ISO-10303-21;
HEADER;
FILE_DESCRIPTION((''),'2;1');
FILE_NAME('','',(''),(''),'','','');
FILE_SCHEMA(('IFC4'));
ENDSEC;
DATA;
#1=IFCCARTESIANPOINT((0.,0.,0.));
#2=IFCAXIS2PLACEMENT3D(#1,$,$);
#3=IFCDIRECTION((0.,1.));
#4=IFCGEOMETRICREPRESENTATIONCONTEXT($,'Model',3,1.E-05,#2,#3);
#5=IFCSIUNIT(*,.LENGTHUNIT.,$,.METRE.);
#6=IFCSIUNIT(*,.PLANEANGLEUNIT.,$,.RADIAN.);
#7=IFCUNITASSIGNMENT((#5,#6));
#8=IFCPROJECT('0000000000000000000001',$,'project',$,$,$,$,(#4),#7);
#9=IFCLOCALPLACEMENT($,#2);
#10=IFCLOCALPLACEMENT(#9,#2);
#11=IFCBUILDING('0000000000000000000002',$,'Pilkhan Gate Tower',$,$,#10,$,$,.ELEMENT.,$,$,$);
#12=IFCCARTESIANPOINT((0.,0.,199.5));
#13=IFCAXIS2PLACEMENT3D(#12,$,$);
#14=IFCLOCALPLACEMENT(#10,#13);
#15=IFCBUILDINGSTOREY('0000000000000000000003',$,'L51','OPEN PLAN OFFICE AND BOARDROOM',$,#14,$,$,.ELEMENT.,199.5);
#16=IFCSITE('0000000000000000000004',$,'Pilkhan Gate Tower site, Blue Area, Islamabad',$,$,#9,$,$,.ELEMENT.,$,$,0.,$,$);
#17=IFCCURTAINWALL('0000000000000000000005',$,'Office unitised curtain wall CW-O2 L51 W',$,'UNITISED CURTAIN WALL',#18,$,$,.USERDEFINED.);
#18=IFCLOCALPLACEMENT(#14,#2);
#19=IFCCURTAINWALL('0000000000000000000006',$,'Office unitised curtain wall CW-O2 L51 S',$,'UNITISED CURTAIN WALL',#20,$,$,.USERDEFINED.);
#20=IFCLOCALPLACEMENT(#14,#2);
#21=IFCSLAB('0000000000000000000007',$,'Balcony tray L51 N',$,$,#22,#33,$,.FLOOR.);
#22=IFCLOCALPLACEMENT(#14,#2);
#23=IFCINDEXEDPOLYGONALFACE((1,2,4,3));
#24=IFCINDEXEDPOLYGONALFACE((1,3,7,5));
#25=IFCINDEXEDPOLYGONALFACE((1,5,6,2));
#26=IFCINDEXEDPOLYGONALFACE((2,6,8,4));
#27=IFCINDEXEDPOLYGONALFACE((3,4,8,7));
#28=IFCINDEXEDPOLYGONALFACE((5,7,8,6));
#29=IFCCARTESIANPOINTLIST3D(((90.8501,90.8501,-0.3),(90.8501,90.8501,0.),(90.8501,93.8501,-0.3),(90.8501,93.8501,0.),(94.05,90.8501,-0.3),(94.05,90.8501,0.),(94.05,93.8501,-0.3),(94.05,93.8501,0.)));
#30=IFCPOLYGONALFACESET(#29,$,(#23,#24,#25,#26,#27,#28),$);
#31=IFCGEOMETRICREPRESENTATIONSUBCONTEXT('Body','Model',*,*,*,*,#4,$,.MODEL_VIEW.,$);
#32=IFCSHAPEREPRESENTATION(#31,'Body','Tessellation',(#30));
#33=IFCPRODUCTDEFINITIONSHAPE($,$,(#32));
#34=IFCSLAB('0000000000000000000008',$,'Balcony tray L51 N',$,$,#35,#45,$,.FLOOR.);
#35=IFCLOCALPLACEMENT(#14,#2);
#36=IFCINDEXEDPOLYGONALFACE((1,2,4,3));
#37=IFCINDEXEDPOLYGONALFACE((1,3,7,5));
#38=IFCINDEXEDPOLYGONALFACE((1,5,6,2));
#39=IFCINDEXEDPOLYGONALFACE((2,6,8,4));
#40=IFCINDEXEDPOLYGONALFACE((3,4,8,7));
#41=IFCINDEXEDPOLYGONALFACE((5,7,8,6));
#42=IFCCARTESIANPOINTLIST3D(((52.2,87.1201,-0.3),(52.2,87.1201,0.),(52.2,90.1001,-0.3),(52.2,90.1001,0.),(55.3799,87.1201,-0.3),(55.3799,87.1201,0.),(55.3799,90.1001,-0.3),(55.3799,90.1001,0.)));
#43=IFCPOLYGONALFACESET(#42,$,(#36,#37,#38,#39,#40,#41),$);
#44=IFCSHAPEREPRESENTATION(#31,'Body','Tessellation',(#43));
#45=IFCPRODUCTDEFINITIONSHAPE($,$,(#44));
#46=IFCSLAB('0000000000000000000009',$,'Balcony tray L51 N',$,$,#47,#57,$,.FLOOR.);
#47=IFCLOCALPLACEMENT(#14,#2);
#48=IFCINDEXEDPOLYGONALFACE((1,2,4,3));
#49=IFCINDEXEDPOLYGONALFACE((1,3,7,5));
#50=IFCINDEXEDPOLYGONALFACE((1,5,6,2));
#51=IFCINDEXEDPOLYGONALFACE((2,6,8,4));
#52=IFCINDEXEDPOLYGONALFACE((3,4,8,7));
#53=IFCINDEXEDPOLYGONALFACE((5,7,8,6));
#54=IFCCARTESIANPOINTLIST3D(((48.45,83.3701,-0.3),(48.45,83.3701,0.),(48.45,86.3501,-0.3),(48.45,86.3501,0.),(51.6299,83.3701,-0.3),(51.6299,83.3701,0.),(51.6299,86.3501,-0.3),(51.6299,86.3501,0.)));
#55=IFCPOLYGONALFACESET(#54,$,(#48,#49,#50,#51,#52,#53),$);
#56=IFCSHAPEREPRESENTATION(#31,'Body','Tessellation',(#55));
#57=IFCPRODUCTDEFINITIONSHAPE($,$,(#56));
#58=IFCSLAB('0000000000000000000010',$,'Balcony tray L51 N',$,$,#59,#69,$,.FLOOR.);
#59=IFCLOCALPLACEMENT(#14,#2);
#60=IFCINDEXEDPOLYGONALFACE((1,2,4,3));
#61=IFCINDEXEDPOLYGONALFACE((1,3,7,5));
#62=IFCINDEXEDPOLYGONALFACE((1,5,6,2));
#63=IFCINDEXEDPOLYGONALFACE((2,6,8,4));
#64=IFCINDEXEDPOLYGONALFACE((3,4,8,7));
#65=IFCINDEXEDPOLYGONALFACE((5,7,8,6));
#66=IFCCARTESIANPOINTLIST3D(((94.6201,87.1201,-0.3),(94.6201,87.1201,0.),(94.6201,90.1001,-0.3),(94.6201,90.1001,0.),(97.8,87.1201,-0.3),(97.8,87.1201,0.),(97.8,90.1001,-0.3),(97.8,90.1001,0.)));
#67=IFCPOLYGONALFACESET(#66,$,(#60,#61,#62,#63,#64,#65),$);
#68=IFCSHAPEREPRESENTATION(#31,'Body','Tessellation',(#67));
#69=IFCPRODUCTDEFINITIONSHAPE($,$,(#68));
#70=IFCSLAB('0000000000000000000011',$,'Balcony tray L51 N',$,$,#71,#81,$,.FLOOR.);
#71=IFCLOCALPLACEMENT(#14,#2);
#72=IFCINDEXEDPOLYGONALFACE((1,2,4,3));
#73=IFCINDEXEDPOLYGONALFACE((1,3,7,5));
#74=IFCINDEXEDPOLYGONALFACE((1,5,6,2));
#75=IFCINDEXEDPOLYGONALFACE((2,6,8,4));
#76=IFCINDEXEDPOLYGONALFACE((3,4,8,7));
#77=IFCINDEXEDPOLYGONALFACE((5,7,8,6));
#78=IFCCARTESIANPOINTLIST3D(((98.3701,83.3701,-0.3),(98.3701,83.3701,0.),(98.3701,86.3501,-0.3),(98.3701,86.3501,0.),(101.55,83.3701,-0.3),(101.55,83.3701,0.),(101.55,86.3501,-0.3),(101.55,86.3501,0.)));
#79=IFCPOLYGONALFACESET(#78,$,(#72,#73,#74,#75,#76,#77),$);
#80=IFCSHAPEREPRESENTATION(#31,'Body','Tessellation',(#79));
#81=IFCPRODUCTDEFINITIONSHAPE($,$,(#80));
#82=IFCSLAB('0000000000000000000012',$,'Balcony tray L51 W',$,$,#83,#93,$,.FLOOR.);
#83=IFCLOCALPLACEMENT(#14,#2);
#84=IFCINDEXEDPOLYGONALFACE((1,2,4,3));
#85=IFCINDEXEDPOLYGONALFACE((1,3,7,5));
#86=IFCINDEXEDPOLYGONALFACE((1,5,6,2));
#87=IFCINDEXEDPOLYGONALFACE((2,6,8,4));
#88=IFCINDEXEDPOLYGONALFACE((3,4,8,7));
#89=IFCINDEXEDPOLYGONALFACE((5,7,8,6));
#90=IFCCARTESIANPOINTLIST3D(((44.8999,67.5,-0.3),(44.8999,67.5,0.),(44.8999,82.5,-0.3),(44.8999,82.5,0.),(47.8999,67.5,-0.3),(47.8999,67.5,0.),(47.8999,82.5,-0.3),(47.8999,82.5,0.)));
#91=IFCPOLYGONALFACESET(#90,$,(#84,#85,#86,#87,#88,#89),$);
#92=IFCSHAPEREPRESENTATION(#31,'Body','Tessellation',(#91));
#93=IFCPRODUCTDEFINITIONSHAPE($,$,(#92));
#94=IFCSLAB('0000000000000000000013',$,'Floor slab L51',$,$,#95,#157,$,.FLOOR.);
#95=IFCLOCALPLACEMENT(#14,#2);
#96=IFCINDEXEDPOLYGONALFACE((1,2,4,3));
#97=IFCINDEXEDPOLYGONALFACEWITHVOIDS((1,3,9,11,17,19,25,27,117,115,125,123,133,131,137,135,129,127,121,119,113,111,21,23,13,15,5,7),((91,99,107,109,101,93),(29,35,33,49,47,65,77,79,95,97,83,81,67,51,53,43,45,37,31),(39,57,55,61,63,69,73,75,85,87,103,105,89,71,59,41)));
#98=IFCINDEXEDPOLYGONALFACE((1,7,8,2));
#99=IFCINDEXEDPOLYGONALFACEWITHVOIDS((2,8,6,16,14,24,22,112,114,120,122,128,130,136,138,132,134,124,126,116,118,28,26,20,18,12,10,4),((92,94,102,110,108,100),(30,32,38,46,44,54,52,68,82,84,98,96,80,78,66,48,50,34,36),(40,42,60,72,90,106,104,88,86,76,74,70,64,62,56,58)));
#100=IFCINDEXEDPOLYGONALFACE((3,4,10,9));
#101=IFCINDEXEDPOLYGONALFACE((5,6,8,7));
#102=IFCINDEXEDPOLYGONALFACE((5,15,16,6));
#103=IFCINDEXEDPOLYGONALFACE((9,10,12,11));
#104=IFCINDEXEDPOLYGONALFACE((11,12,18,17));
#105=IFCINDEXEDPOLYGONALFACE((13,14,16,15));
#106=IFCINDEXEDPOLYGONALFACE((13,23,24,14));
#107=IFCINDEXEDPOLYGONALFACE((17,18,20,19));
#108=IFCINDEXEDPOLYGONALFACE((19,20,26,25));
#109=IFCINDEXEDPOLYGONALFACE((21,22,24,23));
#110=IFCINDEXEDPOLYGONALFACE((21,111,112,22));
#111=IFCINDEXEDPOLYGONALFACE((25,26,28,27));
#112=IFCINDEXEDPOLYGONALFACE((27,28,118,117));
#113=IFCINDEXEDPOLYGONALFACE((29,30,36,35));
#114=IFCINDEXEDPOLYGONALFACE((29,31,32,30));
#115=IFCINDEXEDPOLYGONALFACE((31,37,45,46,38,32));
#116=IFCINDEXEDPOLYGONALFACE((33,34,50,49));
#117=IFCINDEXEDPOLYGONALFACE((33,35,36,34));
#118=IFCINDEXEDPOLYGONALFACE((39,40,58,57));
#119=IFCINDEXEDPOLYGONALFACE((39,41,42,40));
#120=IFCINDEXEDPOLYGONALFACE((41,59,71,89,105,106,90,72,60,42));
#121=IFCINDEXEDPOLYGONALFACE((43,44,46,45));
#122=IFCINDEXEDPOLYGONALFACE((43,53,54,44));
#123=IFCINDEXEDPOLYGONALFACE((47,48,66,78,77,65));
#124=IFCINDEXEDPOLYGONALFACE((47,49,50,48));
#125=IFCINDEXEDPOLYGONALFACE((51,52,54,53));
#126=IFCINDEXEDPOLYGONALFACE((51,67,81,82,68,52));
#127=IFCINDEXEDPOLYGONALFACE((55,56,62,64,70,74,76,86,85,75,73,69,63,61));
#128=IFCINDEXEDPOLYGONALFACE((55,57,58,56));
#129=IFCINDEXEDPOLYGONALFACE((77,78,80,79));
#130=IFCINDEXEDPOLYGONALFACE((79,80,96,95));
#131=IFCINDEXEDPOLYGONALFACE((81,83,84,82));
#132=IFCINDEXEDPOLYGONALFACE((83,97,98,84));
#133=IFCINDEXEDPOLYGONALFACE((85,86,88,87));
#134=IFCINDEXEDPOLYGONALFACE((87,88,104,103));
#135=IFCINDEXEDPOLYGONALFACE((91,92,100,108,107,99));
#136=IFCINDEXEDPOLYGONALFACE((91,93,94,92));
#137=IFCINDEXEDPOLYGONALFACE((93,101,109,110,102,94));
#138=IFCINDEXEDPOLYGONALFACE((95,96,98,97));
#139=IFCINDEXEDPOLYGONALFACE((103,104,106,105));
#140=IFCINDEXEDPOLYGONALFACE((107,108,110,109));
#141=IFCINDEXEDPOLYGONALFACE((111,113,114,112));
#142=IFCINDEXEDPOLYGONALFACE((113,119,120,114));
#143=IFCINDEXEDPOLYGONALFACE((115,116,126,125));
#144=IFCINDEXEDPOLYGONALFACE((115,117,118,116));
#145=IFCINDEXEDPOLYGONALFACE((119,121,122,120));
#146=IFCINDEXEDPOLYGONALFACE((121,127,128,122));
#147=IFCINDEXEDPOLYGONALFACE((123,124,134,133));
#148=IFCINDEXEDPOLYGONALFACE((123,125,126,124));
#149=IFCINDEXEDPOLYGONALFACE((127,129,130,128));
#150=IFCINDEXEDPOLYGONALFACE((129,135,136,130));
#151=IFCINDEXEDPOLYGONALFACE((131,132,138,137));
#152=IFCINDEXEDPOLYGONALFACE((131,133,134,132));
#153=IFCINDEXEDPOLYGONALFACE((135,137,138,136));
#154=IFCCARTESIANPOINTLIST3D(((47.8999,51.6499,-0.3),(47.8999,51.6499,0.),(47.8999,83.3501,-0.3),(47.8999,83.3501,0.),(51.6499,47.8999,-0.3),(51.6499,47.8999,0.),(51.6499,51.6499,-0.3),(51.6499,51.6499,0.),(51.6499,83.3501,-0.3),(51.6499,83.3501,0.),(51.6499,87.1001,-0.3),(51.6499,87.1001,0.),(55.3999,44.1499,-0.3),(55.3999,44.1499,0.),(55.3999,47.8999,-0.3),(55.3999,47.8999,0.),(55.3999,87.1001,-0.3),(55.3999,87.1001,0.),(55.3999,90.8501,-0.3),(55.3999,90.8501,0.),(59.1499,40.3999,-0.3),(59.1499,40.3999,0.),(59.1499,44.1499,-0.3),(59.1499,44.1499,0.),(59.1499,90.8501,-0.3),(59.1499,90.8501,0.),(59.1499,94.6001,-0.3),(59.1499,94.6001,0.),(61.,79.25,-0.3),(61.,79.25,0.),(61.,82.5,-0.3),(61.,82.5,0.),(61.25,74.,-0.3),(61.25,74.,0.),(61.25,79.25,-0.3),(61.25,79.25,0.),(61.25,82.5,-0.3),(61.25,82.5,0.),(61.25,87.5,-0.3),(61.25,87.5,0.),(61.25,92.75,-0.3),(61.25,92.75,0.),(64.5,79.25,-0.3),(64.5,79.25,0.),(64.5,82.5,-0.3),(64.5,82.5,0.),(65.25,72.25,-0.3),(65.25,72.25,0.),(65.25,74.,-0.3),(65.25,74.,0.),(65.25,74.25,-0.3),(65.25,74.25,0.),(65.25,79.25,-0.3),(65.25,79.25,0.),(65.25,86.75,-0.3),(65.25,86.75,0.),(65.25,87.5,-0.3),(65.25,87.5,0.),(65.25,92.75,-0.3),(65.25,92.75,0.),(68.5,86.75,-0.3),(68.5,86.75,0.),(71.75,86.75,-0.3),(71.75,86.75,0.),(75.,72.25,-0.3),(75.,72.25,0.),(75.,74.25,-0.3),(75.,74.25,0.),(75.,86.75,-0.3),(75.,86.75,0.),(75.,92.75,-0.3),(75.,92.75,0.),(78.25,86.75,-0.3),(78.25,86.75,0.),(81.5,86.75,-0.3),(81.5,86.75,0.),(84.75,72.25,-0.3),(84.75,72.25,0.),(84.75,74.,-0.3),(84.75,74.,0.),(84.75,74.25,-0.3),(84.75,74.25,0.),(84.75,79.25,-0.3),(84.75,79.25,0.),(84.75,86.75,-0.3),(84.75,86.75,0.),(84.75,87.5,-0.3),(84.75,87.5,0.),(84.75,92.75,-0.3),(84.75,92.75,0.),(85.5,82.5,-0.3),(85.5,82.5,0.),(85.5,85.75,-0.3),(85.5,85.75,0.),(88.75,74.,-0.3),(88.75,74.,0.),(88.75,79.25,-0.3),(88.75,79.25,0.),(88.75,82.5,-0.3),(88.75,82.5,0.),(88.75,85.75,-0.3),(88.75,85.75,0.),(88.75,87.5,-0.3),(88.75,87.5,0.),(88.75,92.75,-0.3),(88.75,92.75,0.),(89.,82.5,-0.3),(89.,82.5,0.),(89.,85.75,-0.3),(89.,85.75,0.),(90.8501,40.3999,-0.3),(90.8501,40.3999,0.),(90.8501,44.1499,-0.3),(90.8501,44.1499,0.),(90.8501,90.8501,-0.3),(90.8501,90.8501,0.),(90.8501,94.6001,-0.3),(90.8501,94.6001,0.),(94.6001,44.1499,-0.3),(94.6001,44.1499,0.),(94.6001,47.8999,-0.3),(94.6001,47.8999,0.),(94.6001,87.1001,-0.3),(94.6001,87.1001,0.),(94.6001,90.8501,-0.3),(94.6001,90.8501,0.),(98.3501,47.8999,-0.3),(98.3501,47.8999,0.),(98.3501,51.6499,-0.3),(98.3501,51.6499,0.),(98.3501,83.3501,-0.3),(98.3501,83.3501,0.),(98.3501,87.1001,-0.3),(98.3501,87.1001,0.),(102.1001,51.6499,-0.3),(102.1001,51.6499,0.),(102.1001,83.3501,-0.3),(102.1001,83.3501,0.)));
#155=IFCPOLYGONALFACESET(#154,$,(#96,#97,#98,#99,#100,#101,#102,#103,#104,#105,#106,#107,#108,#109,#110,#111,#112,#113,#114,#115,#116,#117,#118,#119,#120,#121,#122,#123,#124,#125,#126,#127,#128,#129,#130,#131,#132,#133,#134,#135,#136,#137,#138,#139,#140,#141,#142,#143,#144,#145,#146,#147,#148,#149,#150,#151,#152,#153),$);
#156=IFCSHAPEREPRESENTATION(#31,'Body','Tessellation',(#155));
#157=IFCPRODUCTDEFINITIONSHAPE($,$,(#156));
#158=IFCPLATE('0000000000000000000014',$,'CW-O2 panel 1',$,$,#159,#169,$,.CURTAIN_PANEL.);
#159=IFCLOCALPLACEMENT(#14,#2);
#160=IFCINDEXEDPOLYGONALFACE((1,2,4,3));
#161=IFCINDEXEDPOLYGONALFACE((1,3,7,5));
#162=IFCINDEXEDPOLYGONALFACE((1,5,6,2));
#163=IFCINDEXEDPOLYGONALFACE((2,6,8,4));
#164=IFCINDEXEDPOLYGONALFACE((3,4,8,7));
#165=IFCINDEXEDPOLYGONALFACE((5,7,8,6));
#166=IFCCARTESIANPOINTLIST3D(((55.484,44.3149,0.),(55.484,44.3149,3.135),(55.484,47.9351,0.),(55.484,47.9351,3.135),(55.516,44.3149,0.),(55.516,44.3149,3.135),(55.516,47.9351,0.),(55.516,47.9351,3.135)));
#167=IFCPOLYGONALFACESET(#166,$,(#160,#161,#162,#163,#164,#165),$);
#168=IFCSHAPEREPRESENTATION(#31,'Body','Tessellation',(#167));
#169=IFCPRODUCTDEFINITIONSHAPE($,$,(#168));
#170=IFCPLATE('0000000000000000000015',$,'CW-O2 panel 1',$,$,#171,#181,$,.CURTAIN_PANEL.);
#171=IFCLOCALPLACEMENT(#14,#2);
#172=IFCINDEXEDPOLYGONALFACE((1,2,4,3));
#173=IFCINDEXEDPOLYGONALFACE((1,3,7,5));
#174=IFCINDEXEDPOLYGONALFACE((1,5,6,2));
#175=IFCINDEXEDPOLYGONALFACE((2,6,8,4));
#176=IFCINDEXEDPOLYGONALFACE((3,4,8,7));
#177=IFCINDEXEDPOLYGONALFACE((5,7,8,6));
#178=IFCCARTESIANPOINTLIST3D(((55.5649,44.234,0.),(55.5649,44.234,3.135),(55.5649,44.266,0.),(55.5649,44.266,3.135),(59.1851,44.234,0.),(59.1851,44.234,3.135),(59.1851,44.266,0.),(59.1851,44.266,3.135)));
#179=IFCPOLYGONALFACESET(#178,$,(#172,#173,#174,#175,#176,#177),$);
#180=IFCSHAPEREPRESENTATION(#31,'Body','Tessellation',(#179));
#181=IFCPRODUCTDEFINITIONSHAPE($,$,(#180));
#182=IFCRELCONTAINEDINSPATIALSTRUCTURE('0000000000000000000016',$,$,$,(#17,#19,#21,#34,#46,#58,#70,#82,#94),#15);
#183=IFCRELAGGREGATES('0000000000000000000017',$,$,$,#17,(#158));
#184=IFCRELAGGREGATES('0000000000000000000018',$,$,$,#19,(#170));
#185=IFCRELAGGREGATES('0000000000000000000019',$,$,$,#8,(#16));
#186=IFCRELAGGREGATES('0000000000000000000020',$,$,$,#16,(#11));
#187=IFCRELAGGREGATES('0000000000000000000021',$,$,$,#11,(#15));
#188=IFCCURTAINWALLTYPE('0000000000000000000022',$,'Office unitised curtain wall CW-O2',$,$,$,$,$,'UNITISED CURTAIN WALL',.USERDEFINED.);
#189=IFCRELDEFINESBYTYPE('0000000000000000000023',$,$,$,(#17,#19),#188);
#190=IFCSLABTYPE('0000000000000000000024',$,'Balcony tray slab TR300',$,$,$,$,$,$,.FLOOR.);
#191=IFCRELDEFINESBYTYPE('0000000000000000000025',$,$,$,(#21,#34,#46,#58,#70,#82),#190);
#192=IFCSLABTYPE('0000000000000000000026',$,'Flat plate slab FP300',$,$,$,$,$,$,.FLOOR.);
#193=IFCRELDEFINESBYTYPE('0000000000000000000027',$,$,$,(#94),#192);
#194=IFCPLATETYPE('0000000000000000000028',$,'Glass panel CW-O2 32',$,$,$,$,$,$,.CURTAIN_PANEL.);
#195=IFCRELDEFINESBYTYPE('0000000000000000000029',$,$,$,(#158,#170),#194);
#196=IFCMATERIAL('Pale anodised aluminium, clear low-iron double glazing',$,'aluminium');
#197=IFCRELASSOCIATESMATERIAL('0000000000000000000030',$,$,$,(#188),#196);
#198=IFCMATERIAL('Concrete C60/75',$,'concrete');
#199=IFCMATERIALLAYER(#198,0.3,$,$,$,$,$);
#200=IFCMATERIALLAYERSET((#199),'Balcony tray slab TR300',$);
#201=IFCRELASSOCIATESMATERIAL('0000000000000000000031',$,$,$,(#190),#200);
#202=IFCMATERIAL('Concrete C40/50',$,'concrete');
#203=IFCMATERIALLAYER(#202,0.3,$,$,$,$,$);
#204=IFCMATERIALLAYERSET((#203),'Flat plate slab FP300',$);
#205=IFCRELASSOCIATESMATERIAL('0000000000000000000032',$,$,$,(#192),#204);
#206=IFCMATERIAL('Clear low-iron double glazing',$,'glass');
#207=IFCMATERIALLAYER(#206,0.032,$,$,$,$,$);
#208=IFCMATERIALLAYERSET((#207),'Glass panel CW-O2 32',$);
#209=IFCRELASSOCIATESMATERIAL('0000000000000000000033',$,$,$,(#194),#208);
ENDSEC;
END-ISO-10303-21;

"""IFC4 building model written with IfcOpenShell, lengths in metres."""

from ifc_helpers import new_model, si_unit, direction, frame, origin, origin_2d, place, context, subcontext, project, spatial, polyline, rectangle, outline, extrude, material, layer, layer_set, type_object, element, aggregate, save


model = new_model("IFC4")

# Units and contexts
model_context = context("Model", 3, precision=1e-05, world=origin(), true_north=direction((0.0, 1.0)))
body_context = subcontext(model_context, "Body", "Model", "MODEL_VIEW")
ifc_project = project(units=[si_unit("LENGTHUNIT", "METRE"), si_unit("PLANEANGLEUNIT", "RADIAN")], contexts=[model_context])

# Site, building, storey
site_placement = place(None, origin())
site = spatial("IfcSite", under=ifc_project, at=site_placement, Name="Pilkhan Gate Tower site, Blue Area, Islamabad", CompositionType="ELEMENT", RefElevation=0.0)
building_placement = place(site_placement, origin())
building = spatial("IfcBuilding", under=site, at=building_placement, Name="Pilkhan Gate Tower", CompositionType="ELEMENT")
storey_placement = place(building_placement, frame((0.0, 0.0, 199.5)))
storey = spatial("IfcBuildingStorey", under=building, at=storey_placement, Name="L51", Description="OPEN PLAN OFFICE AND BOARDROOM", CompositionType="ELEMENT", Elevation=199.5)

# Shared definitions
ifc_material_1 = material(Name="Pale anodised aluminium, clear low-iron double glazing", Category="aluminium")
curtain_wall_type = type_object("IfcCurtainWallType", Name="Office unitised curtain wall CW-O2", ElementType="UNITISED CURTAIN WALL", PredefinedType="USERDEFINED", material=ifc_material_1)

# Curtain walls
curtain_wall_1_placement = place(storey_placement, origin())
curtain_wall_1 = element("IfcCurtainWall", 1, at=curtain_wall_1_placement, inside=storey, type_object=curtain_wall_type, Name="Office unitised curtain wall CW-O2 L51 W", ObjectType="UNITISED CURTAIN WALL", PredefinedType="USERDEFINED")
curtain_wall_2_placement = place(storey_placement, origin())
curtain_wall_2 = element("IfcCurtainWall", 2, at=curtain_wall_2_placement, inside=storey, type_object=curtain_wall_type, Name="Office unitised curtain wall CW-O2 L51 S", ObjectType="UNITISED CURTAIN WALL", PredefinedType="USERDEFINED")

# Slabs
ifc_material_2 = material(Name="Concrete C60/75", Category="concrete")
ifc_layer_1 = layer(ifc_material_2, 0.3)
ifc_layer_set_1 = layer_set([ifc_layer_1], Name="Balcony tray slab TR300")
slab_type_1 = type_object("IfcSlabType", Name="Balcony tray slab TR300", PredefinedType="FLOOR", material=ifc_layer_set_1)
slab_1_placement = place(storey_placement, frame((0.0, 0.0, -0.3)))
element("IfcSlab", 3, at=slab_1_placement, inside=storey, type_object=slab_type_1, Name="Balcony tray L51 N", PredefinedType="FLOOR", context=body_context, shape_type="SweptSolid", body=[
    extrude(outline(polyline([(94.05, 90.8501), (94.05, 93.8501), (90.8501, 93.8501), (90.8501, 90.8501), (94.05, 90.8501)])), origin(), (0.0, 0.0, 1.0), 0.3),
])
slab_2_placement = place(storey_placement, frame((0.0, 0.0, -0.3)))
element("IfcSlab", 4, at=slab_2_placement, inside=storey, type_object=slab_type_1, Name="Balcony tray L51 N", PredefinedType="FLOOR", context=body_context, shape_type="SweptSolid", body=[
    extrude(outline(polyline([(55.3799, 87.1201), (55.3799, 90.1001), (52.2, 90.1001), (52.2, 87.1201), (55.3799, 87.1201)])), origin(), (0.0, 0.0, 1.0), 0.3),
])
slab_3_placement = place(storey_placement, frame((0.0, 0.0, -0.3)))
element("IfcSlab", 5, at=slab_3_placement, inside=storey, type_object=slab_type_1, Name="Balcony tray L51 N", PredefinedType="FLOOR", context=body_context, shape_type="SweptSolid", body=[
    extrude(outline(polyline([(51.6299, 83.3701), (51.6299, 86.3501), (48.45, 86.3501), (48.45, 83.3701), (51.6299, 83.3701)])), origin(), (0.0, 0.0, 1.0), 0.3),
])
slab_4_placement = place(storey_placement, frame((0.0, 0.0, -0.3)))
element("IfcSlab", 6, at=slab_4_placement, inside=storey, type_object=slab_type_1, Name="Balcony tray L51 N", PredefinedType="FLOOR", context=body_context, shape_type="SweptSolid", body=[
    extrude(outline(polyline([(97.8, 87.1201), (97.8, 90.1001), (94.6201, 90.1001), (94.6201, 87.1201), (97.8, 87.1201)])), origin(), (0.0, 0.0, 1.0), 0.3),
])
slab_5_placement = place(storey_placement, frame((0.0, 0.0, -0.3)))
element("IfcSlab", 7, at=slab_5_placement, inside=storey, type_object=slab_type_1, Name="Balcony tray L51 N", PredefinedType="FLOOR", context=body_context, shape_type="SweptSolid", body=[
    extrude(outline(polyline([(101.55, 83.3701), (101.55, 86.3501), (98.3701, 86.3501), (98.3701, 83.3701), (101.55, 83.3701)])), origin(), (0.0, 0.0, 1.0), 0.3),
])
slab_6_placement = place(storey_placement, frame((0.0, 0.0, -0.3)))
element("IfcSlab", 8, at=slab_6_placement, inside=storey, type_object=slab_type_1, Name="Balcony tray L51 W", PredefinedType="FLOOR", context=body_context, shape_type="SweptSolid", body=[
    extrude(outline(polyline([(47.8999, 67.5), (47.8999, 82.5), (44.8999, 82.5), (44.8999, 67.5), (47.8999, 67.5)])), origin(), (0.0, 0.0, 1.0), 0.3),
])
ifc_material_3 = material(Name="Concrete C40/50", Category="concrete")
ifc_layer_2 = layer(ifc_material_3, 0.3)
ifc_layer_set_2 = layer_set([ifc_layer_2], Name="Flat plate slab FP300")
slab_type_2 = type_object("IfcSlabType", Name="Flat plate slab FP300", PredefinedType="FLOOR", material=ifc_layer_set_2)
slab_7_placement = place(storey_placement, frame((0.0, 0.0, -0.3)))
element("IfcSlab", 9, at=slab_7_placement, inside=storey, type_object=slab_type_2, Name="Floor slab L51", PredefinedType="FLOOR", context=body_context, shape_type="SweptSolid", body=[
    extrude(outline(polyline([(98.3501, 47.8999), (94.6001, 47.8999), (94.6001, 44.1499), (90.8501, 44.1499), (90.8501, 40.3999), (59.1499, 40.3999), (59.1499, 44.1499), (55.3999, 44.1499), (55.3999, 47.8999), (51.6499, 47.8999), (51.6499, 51.6499), (47.8999, 51.6499), (47.8999, 83.3501), (51.6499, 83.3501), (51.6499, 87.1001), (55.3999, 87.1001), (55.3999, 90.8501), (59.1499, 90.8501), (59.1499, 94.6001), (90.8501, 94.6001), (90.8501, 90.8501), (94.6001, 90.8501), (94.6001, 87.1001), (98.3501, 87.1001), (98.3501, 83.3501), (102.1001, 83.3501), (102.1001, 51.6499), (98.3501, 51.6499), (98.3501, 47.8999)]), holes=[polyline([(75.0, 72.25), (84.75, 72.25), (84.75, 74.0), (88.75, 74.0), (88.75, 79.25), (84.75, 79.25), (84.75, 74.25), (75.0, 74.25), (65.25, 74.25), (65.25, 79.25), (64.5, 79.25), (64.5, 82.5), (61.25, 82.5), (61.0, 82.5), (61.0, 79.25), (61.25, 79.25), (61.25, 74.0), (65.25, 74.0), (65.25, 72.25), (75.0, 72.25)]), polyline([(68.5, 86.75), (71.75, 86.75), (75.0, 86.75), (78.25, 86.75), (81.5, 86.75), (84.75, 86.75), (84.75, 87.5), (88.75, 87.5), (88.75, 92.75), (84.75, 92.75), (75.0, 92.75), (65.25, 92.75), (61.25, 92.75), (61.25, 87.5), (65.25, 87.5), (65.25, 86.75), (68.5, 86.75)]), polyline([(85.5, 85.75), (85.5, 82.5), (88.75, 82.5), (89.0, 82.5), (89.0, 85.75), (88.75, 85.75), (85.5, 85.75)])]), origin(), (0.0, 0.0, 1.0), 0.3),
])

# Plates
ifc_material_4 = material(Name="Clear low-iron double glazing", Category="glass")
ifc_layer_3 = layer(ifc_material_4, 0.032)
ifc_layer_set_3 = layer_set([ifc_layer_3], Name="Glass panel CW-O2 32")
plate_type = type_object("IfcPlateType", Name="Glass panel CW-O2 32", PredefinedType="CURTAIN_PANEL", material=ifc_layer_set_3)
plate_1_placement = place(storey_placement, frame((55.5, 46.125, 0.0), z_axis=(0.0, 0.0, 1.0), x_axis=(0.0, 1.0, 0.0)))
plate_1 = element("IfcPlate", 10, at=plate_1_placement, type_object=plate_type, Name="CW-O2 panel 1", PredefinedType="CURTAIN_PANEL", context=body_context, shape_type="SweptSolid", body=[
    extrude(rectangle(XDim=3.6201, YDim=0.032, at=origin_2d()), origin(), (0.0, 0.0, 1.0), 3.135),
])
aggregate(curtain_wall_1, [plate_1])
plate_2_placement = place(storey_placement, frame((57.375, 44.25, 0.0), z_axis=(0.0, 0.0, 1.0), x_axis=(1.0, 0.0, 0.0)))
plate_2 = element("IfcPlate", 11, at=plate_2_placement, type_object=plate_type, Name="CW-O2 panel 1", PredefinedType="CURTAIN_PANEL", context=body_context, shape_type="SweptSolid", body=[
    extrude(rectangle(XDim=3.6201, YDim=0.032, at=origin_2d()), origin(), (0.0, 0.0, 1.0), 3.135),
])
aggregate(curtain_wall_2, [plate_2])

save(model, "model.ifc")
